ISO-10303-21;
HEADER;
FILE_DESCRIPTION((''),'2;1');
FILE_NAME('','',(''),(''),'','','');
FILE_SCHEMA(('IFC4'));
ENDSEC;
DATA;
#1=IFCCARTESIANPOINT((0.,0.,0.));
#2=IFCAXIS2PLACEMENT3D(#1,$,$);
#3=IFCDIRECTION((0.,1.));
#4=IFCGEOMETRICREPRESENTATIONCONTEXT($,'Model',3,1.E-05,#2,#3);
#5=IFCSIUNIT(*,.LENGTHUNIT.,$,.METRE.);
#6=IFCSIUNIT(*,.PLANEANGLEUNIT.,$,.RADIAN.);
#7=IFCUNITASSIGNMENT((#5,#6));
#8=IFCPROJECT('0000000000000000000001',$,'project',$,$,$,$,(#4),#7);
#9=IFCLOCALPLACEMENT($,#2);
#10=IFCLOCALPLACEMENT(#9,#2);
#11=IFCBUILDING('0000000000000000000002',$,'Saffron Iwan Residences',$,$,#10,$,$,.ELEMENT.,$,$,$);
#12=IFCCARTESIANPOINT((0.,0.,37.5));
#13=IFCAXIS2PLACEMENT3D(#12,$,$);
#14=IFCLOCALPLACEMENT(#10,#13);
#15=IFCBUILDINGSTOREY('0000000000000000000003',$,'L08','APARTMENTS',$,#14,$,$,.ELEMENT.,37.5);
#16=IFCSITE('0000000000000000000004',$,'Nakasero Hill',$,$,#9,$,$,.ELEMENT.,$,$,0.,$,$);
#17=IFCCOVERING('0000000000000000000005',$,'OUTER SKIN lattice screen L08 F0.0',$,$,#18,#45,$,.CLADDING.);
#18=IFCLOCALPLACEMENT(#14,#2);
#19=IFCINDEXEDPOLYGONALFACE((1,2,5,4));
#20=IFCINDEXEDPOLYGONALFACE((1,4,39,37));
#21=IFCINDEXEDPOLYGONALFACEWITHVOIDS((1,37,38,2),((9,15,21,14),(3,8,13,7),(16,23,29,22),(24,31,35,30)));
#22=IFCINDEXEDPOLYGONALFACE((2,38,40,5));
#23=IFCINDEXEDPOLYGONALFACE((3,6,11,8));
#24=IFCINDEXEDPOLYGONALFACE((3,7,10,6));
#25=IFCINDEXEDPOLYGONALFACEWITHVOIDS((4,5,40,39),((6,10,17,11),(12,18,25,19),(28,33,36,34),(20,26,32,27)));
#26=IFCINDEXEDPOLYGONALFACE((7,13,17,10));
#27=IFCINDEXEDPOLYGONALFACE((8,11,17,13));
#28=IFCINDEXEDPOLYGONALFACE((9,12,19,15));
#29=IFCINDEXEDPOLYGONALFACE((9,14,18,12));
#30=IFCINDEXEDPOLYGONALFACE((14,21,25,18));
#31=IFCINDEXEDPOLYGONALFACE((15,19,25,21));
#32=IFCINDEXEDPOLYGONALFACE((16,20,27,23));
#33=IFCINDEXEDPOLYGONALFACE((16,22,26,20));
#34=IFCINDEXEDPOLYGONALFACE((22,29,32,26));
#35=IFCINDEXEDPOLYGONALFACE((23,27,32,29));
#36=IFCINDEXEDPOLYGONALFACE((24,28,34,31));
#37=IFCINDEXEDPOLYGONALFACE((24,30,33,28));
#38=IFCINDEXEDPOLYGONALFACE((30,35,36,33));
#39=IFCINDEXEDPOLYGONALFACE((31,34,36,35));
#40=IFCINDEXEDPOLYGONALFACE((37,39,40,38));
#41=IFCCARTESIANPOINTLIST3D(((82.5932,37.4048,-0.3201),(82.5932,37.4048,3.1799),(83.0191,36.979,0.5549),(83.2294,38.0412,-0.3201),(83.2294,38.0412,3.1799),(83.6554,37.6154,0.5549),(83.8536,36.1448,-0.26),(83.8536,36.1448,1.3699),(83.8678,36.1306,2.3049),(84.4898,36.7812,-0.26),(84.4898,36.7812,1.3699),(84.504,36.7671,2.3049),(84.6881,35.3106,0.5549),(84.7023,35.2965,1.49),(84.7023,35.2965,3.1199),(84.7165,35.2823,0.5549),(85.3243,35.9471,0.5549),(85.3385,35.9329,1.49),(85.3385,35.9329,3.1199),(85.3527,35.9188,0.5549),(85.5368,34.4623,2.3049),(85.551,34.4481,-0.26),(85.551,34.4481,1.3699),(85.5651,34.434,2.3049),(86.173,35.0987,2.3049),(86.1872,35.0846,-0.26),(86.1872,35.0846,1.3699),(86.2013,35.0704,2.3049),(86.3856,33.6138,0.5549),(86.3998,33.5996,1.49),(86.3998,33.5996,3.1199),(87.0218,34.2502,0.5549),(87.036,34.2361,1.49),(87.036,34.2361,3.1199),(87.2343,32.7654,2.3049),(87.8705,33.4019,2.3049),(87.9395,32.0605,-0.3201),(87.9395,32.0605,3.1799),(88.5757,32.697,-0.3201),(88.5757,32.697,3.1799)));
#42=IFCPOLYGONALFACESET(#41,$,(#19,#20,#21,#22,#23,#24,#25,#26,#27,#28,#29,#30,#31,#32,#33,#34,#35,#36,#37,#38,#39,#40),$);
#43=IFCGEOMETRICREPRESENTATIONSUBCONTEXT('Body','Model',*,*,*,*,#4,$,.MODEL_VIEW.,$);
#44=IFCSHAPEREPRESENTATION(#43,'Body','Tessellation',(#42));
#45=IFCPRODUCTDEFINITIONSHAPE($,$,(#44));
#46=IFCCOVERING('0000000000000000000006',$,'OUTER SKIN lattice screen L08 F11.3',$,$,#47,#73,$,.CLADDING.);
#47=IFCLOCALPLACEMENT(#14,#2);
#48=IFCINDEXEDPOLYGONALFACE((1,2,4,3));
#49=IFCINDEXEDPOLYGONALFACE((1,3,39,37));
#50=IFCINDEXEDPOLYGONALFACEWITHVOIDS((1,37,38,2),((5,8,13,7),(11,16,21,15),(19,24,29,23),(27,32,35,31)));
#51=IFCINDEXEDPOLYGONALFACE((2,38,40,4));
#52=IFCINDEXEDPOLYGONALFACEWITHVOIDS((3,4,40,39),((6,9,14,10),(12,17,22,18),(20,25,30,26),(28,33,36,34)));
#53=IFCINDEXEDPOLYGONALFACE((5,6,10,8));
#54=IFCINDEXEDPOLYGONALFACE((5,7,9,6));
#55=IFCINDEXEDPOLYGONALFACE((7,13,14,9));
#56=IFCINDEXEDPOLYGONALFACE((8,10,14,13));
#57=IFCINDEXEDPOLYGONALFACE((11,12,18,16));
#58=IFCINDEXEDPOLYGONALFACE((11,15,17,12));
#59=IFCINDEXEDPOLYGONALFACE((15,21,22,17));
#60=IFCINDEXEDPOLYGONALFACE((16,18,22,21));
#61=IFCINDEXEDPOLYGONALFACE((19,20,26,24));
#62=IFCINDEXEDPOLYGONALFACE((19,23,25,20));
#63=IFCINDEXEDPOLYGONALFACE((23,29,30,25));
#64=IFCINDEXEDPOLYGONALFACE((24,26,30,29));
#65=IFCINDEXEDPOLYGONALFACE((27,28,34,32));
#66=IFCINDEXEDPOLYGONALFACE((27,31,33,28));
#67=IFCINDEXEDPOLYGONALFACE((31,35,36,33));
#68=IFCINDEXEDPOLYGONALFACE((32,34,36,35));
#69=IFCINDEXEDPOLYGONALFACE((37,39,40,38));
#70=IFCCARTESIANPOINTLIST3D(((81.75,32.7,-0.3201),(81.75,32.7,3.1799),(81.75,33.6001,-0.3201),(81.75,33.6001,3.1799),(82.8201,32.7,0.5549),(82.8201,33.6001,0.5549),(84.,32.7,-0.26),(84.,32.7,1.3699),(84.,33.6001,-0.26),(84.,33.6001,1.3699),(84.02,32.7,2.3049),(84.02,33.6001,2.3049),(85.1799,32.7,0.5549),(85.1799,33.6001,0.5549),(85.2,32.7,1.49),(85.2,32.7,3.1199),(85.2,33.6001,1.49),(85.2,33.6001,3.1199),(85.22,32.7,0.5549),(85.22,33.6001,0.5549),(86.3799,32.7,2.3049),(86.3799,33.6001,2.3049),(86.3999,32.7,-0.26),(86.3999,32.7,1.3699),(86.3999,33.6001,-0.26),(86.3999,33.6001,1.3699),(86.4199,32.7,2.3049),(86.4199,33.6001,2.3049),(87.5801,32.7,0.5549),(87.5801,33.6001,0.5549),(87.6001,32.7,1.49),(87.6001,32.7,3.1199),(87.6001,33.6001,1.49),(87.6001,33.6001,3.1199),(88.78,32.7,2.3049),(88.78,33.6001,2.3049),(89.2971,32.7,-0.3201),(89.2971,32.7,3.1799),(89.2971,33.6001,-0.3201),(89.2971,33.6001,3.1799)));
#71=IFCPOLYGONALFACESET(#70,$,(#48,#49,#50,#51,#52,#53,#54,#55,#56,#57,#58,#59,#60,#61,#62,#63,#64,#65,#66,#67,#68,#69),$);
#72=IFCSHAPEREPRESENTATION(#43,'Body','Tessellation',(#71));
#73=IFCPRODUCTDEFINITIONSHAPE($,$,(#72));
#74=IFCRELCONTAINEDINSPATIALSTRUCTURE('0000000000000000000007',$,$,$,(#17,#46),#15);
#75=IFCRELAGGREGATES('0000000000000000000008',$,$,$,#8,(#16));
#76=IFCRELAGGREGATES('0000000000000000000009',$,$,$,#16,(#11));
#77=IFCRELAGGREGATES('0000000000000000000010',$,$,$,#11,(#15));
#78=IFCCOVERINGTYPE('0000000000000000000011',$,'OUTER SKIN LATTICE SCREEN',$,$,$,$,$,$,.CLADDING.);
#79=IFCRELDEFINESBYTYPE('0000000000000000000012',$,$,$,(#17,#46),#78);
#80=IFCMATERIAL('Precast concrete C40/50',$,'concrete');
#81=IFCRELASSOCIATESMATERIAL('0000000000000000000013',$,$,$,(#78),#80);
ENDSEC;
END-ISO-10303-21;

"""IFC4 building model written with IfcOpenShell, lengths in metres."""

from ifc_helpers import new_model, si_unit, direction, frame, origin, place, context, subcontext, project, spatial, polyline, outline, extrude, material, type_object, element, save


model = new_model("IFC4")

# Units and contexts
model_context = context("Model", 3, precision=1e-05, world=origin(), true_north=direction((0.0, 1.0)))
body_context = subcontext(model_context, "Body", "Model", "MODEL_VIEW")
ifc_project = project(units=[si_unit("LENGTHUNIT", "METRE"), si_unit("PLANEANGLEUNIT", "RADIAN")], contexts=[model_context])

# Site, building, storey
site_placement = place(None, origin())
site = spatial("IfcSite", under=ifc_project, at=site_placement, Name="Nakasero Hill", CompositionType="ELEMENT", RefElevation=0.0)
building_placement = place(site_placement, origin())
building = spatial("IfcBuilding", under=site, at=building_placement, Name="Saffron Iwan Residences", CompositionType="ELEMENT")
storey_placement = place(building_placement, frame((0.0, 0.0, 37.5)))
storey = spatial("IfcBuildingStorey", under=building, at=storey_placement, Name="L08", Description="APARTMENTS", CompositionType="ELEMENT", Elevation=37.5)

# Coverings
ifc_material_1 = material(Name="Precast concrete C40/50", Category="concrete")
covering_type = type_object("IfcCoveringType", Name="OUTER SKIN LATTICE SCREEN", PredefinedType="CLADDING", material=ifc_material_1)
covering_1_placement = place(storey_placement, frame((87.9395, 32.0605, -0.3201), z_axis=(0.706971, 0.707242, 0.0), x_axis=(-0.707242, 0.706971, 0.0)))
element("IfcCovering", 1, at=covering_1_placement, inside=storey, type_object=covering_type, Name="OUTER SKIN lattice screen L08 F0.0", PredefinedType="CLADDING", context=body_context, shape_type="SweptSolid", body=[
    extrude(outline(polyline([(0.0, 0.0), (7.5593, 0.0), (7.5593, 3.5), (0.0, 3.5), (0.0, 0.0)]), holes=[polyline([(2.197, 0.875), (3.3772, 0.0601), (4.5571, 0.875), (3.3772, 1.6899), (2.197, 0.875)]), polyline([(4.5972, 0.875), (5.7771, 0.0601), (6.957, 0.875), (5.7771, 1.6899), (4.5972, 0.875)]), polyline([(0.9971, 2.625), (2.177, 1.8101), (3.3572, 2.625), (2.177, 3.4399), (0.9971, 2.625)]), polyline([(3.3972, 2.625), (4.5771, 1.8101), (5.7571, 2.625), (4.5771, 3.4399), (3.3972, 2.625)])]), origin(), (0.0, 0.0, 1.0), 0.8999),
])
covering_2_placement = place(storey_placement, frame((81.75, 33.6001, -0.3201), z_axis=(0.0, -1.0, 0.0), x_axis=(1.0, 0.0, 0.0)))
element("IfcCovering", 2, at=covering_2_placement, inside=storey, type_object=covering_type, Name="OUTER SKIN lattice screen L08 F11.3", PredefinedType="CLADDING", context=body_context, shape_type="SweptSolid", body=[
    extrude(outline(polyline([(0.0, 0.0), (7.5471, 0.0), (7.5471, 3.5), (0.0, 3.5), (0.0, 0.0)]), holes=[polyline([(1.0701, 0.875), (2.25, 0.0601), (3.4299, 0.875), (2.25, 1.6899), (1.0701, 0.875)]), polyline([(3.47, 0.875), (4.6499, 0.0601), (5.8301, 0.875), (4.6499, 1.6899), (3.47, 0.875)]), polyline([(2.27, 2.625), (3.45, 1.8101), (4.6299, 2.625), (3.45, 3.4399), (2.27, 2.625)]), polyline([(4.6699, 2.625), (5.8501, 1.8101), (7.03, 2.625), (5.8501, 3.4399), (4.6699, 2.625)])]), origin(), (0.0, 0.0, 1.0), 0.9001),
])

save(model, "model.ifc")
